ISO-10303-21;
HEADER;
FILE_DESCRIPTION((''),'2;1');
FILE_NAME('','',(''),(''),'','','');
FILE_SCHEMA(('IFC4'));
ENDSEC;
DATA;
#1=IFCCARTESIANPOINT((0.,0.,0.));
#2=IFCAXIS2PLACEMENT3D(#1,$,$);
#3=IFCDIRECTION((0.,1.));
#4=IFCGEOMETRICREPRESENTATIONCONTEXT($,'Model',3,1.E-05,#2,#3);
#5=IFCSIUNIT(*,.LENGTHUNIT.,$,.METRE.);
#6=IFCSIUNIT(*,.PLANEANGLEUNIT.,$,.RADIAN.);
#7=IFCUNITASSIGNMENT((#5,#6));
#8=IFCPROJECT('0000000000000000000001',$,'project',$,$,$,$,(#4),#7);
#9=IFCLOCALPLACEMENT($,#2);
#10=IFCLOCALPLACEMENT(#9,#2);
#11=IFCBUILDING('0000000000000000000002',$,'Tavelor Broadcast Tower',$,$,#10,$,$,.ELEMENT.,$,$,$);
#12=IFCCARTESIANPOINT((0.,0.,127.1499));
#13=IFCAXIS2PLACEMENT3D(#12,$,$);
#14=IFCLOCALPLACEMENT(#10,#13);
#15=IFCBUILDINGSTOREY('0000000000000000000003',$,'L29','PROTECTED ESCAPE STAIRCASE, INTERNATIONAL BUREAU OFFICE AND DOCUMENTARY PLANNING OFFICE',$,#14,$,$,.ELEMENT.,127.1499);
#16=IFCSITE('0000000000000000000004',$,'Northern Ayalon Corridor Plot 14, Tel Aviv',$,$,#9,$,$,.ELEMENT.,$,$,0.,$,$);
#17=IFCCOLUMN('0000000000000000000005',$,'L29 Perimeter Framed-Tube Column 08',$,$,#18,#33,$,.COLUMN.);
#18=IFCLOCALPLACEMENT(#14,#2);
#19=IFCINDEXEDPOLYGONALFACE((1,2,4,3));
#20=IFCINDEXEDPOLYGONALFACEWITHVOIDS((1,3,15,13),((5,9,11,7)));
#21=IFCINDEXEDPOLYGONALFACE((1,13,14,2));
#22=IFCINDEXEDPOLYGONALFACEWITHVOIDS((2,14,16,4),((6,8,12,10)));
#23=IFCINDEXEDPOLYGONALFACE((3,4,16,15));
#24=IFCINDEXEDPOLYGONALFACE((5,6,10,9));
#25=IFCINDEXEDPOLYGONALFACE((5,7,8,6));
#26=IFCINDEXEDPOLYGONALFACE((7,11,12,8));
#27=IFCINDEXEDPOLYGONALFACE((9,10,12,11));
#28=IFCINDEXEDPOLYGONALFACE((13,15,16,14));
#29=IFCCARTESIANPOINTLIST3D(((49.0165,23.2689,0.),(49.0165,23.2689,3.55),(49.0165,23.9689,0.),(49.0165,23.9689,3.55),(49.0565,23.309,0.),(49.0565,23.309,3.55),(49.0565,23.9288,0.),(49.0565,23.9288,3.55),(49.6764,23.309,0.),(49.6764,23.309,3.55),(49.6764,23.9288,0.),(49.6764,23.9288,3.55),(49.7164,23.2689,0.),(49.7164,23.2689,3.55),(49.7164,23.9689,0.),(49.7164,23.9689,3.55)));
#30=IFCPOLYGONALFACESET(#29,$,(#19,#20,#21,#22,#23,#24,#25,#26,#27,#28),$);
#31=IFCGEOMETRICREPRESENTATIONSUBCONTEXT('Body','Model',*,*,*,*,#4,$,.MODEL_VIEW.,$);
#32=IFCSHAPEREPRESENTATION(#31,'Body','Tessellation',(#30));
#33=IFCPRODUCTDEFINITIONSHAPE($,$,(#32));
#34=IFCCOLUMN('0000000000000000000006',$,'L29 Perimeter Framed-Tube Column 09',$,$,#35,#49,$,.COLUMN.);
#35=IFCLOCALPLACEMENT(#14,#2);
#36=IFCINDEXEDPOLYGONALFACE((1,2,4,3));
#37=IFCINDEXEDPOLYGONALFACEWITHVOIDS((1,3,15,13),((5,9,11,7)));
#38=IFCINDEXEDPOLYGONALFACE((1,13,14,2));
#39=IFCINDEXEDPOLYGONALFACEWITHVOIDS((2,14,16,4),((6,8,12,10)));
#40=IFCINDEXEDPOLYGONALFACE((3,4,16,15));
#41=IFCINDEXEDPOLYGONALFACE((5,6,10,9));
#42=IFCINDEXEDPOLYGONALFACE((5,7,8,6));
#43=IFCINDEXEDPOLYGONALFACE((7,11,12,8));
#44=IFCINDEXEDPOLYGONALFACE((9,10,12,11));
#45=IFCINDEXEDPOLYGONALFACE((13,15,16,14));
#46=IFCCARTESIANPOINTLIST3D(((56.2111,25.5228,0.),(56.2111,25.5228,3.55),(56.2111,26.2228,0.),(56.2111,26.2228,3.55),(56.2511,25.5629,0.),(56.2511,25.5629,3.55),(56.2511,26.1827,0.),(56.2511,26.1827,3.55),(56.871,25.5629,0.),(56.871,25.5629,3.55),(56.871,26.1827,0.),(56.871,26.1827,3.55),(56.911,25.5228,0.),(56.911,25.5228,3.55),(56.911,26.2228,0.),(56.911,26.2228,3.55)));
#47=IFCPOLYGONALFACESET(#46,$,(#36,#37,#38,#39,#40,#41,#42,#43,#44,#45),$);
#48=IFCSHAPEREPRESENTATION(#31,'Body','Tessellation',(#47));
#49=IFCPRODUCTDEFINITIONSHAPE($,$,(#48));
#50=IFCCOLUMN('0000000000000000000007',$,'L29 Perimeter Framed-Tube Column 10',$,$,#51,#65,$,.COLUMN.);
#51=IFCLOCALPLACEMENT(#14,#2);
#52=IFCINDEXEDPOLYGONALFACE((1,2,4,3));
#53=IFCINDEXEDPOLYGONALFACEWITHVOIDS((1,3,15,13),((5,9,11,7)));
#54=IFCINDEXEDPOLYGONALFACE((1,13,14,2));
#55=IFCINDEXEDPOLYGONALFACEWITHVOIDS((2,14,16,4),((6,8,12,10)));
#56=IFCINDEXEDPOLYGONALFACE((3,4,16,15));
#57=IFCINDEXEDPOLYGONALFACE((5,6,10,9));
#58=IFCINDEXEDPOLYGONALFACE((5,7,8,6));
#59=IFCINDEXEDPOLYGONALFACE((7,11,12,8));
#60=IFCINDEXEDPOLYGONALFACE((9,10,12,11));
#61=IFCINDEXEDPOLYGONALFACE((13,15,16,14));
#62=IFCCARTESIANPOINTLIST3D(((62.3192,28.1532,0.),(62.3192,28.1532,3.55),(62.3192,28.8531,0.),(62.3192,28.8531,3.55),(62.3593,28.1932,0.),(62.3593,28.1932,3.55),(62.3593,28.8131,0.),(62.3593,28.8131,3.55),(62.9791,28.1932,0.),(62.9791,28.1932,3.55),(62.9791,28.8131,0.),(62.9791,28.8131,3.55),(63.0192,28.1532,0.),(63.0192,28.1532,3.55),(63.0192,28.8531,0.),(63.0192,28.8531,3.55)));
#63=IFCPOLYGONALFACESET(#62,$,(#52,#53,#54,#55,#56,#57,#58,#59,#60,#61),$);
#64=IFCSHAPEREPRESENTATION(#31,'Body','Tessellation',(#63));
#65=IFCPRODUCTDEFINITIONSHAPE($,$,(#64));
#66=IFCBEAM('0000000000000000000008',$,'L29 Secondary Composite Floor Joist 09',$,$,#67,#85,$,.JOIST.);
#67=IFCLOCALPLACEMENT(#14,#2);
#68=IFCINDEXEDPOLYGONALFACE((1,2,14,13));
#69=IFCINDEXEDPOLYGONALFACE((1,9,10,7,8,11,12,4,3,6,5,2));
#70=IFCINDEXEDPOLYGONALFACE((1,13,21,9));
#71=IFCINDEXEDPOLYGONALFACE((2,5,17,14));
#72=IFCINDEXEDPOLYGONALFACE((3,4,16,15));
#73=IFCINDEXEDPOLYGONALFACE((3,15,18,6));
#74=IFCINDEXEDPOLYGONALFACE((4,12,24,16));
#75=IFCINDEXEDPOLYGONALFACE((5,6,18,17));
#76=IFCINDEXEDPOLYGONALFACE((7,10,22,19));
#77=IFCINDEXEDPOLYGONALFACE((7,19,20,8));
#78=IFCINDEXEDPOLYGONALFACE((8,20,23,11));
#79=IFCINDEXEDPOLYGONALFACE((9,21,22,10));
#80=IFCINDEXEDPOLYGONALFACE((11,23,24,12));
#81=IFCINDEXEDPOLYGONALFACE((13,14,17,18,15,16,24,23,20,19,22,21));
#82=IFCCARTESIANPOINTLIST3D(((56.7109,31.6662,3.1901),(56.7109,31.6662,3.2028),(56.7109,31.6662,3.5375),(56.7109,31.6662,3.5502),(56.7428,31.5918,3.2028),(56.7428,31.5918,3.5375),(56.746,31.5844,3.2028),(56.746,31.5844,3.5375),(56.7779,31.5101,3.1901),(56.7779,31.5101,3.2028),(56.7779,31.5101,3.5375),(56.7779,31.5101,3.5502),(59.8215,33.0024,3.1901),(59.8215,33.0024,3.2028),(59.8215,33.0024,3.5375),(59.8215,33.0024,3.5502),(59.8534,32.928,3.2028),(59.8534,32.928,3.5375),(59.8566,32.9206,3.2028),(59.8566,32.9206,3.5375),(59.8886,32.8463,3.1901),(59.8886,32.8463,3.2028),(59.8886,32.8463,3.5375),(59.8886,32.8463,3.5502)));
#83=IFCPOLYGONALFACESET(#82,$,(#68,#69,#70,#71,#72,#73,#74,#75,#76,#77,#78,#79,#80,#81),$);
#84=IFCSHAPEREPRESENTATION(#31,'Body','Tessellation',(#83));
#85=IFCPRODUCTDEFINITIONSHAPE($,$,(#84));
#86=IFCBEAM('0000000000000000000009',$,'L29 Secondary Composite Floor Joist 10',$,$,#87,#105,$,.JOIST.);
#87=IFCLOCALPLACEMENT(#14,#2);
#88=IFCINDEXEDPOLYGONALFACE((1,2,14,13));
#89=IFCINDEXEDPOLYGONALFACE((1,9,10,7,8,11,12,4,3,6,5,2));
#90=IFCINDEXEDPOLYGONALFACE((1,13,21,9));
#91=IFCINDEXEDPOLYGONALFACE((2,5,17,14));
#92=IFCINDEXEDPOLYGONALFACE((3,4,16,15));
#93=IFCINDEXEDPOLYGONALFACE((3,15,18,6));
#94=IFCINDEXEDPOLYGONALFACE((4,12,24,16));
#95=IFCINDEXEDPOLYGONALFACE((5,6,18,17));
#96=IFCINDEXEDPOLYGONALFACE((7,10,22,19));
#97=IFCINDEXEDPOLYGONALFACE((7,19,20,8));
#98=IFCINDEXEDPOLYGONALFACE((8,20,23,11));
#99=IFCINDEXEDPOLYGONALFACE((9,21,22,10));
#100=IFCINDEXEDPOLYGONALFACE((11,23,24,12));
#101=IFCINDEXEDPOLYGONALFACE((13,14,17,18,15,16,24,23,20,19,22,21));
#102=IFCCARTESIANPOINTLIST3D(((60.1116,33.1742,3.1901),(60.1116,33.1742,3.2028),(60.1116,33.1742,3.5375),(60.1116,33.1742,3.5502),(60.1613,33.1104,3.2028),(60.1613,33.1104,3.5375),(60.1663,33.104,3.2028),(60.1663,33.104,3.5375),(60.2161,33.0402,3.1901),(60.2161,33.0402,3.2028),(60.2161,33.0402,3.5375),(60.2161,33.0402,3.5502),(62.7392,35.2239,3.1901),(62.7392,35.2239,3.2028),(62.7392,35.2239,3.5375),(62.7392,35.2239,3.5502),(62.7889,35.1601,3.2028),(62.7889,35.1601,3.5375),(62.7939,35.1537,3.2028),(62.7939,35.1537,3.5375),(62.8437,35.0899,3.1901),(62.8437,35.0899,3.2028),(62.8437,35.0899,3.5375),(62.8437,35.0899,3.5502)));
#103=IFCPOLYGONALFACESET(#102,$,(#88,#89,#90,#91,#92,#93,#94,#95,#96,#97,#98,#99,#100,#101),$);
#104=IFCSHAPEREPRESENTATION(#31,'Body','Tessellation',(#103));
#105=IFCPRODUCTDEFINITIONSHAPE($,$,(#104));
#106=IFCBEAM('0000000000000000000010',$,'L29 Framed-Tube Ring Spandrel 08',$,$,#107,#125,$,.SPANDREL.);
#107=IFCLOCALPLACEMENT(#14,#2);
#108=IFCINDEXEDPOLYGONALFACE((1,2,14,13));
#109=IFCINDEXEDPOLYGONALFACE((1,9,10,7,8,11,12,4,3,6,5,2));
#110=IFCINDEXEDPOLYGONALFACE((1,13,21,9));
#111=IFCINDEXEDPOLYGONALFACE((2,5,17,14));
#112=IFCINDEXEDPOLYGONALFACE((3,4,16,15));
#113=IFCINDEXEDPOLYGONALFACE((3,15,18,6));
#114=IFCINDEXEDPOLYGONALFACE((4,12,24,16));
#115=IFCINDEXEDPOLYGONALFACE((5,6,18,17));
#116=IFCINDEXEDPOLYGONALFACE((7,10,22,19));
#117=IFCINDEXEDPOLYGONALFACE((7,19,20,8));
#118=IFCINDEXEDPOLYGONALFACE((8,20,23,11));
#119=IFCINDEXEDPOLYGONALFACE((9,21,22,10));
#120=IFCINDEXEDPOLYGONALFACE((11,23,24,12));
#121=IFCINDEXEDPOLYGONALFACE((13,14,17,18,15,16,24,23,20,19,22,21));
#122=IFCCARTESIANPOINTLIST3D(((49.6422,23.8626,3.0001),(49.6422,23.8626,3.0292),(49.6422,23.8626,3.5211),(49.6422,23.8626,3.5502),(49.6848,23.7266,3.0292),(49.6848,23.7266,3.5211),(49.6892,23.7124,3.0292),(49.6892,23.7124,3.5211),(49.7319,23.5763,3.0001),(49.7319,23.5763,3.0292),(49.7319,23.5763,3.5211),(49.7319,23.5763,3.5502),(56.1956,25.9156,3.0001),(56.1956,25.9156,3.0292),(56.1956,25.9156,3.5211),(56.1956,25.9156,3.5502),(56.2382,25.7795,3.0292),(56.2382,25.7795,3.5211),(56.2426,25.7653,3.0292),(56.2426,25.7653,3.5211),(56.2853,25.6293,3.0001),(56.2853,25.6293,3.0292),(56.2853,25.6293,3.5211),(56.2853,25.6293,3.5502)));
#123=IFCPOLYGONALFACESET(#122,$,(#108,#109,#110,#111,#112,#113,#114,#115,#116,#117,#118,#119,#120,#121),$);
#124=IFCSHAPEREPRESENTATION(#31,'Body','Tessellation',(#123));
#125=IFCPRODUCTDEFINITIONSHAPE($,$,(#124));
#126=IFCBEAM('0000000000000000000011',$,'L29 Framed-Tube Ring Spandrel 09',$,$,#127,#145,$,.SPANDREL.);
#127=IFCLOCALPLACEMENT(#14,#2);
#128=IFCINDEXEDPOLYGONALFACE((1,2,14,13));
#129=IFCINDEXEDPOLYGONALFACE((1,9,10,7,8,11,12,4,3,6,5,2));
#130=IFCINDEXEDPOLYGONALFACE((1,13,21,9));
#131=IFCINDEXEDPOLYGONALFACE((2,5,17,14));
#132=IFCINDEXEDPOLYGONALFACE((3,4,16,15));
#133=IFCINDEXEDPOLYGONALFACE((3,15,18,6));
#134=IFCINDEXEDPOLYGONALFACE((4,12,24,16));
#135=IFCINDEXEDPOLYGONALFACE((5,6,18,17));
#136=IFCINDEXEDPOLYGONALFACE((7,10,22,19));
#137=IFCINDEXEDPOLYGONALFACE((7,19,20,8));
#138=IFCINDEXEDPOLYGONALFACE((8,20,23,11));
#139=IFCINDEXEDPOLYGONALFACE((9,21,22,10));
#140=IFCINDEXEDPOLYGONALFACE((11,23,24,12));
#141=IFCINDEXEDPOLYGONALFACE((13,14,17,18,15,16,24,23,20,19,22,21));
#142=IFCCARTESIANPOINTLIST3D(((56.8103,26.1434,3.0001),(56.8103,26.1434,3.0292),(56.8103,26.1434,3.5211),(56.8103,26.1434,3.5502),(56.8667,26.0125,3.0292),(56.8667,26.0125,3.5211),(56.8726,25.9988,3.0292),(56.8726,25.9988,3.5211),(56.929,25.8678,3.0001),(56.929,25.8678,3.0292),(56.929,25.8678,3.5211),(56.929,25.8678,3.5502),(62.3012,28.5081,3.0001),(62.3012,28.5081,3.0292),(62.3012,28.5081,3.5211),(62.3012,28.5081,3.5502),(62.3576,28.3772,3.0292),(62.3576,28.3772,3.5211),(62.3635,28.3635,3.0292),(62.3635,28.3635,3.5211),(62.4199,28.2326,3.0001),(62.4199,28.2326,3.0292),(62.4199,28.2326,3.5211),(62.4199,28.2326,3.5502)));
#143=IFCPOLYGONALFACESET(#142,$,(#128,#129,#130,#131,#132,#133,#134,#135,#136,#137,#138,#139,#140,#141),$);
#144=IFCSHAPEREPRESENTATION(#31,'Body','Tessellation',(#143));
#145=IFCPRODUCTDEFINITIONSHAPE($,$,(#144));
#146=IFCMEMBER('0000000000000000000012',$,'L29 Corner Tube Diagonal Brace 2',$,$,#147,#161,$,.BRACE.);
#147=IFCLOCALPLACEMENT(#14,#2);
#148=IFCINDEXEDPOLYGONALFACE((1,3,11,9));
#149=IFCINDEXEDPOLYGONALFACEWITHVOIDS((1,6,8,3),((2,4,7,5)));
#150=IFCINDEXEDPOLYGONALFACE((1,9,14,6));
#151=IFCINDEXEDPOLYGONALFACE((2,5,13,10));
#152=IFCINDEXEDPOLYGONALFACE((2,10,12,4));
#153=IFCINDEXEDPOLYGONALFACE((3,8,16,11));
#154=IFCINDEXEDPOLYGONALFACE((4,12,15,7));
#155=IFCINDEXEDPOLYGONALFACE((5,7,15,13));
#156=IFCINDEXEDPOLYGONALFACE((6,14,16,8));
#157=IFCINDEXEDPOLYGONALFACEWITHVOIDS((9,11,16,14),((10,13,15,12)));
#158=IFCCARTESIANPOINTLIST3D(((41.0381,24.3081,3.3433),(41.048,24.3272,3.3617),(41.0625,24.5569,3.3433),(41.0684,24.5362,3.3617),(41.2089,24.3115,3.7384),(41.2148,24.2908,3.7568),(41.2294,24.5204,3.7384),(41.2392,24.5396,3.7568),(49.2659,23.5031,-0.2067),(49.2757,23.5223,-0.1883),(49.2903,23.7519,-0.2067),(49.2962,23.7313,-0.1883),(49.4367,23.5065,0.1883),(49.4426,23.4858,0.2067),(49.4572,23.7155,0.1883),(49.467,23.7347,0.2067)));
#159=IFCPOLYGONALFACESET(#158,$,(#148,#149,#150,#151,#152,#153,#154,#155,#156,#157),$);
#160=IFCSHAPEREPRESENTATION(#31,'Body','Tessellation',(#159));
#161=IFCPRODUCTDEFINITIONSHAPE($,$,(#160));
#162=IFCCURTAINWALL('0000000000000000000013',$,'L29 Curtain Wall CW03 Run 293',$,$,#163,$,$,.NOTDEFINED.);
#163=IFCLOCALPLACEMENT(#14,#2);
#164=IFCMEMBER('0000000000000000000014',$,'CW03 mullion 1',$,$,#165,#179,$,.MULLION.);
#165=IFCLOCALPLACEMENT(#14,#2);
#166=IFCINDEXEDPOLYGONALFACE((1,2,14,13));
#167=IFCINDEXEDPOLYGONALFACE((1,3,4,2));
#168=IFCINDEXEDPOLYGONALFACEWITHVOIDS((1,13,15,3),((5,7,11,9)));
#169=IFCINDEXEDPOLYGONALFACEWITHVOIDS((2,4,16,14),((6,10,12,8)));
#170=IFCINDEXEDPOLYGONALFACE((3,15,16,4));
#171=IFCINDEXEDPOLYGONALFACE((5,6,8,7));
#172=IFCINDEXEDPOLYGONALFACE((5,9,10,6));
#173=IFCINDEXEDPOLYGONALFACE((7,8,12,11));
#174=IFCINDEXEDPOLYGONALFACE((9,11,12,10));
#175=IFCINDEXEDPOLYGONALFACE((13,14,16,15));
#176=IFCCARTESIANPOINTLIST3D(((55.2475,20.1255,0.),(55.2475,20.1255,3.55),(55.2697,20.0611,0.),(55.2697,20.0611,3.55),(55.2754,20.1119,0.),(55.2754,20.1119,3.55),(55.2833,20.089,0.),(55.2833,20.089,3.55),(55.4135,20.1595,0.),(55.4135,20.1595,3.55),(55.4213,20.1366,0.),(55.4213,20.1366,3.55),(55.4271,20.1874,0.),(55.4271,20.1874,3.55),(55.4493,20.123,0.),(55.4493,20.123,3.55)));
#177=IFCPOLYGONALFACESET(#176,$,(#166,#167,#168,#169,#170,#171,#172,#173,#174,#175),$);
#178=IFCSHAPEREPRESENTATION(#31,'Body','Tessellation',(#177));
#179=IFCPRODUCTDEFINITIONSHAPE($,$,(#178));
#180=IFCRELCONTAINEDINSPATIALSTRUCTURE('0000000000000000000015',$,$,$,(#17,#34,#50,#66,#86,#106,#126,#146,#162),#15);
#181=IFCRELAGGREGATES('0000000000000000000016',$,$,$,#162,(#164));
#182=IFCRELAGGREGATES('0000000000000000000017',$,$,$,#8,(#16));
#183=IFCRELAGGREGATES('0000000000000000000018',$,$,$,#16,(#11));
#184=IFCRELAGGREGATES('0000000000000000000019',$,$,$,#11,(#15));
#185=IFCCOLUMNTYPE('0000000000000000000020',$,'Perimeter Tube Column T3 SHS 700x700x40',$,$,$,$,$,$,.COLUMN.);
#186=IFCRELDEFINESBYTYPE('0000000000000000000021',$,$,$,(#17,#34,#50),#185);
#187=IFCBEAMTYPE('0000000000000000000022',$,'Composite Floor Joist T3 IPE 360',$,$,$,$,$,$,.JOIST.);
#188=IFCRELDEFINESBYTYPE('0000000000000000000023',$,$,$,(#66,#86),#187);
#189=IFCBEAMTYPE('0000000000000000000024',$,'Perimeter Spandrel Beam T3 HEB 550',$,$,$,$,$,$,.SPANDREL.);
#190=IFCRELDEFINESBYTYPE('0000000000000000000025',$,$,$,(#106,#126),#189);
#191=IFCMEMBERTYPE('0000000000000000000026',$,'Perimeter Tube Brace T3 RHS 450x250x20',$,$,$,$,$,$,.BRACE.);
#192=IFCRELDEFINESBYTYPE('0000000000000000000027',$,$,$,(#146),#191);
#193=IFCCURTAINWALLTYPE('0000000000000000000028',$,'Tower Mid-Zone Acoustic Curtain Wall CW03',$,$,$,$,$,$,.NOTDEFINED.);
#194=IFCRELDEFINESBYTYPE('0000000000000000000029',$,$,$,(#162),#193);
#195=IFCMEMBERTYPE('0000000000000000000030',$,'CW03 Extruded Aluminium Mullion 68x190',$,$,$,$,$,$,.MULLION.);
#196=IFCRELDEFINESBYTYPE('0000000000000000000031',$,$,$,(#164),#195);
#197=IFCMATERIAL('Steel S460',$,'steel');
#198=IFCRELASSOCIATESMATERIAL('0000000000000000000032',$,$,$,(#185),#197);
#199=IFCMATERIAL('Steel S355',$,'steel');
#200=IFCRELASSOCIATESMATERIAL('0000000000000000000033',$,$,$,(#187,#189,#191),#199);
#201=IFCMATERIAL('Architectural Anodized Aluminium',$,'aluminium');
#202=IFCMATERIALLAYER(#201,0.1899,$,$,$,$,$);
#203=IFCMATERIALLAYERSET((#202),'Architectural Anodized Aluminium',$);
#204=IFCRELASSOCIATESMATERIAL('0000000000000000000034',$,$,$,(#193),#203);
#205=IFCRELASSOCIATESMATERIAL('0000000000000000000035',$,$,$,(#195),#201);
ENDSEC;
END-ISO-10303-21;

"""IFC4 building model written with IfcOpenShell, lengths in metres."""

from ifc_helpers import new_model, si_unit, direction, frame, origin, origin_2d, place, context, subcontext, project, spatial, hollow_rectangle, i_section, extrude, source, transform, mapped, material, layer, layer_set, material_profile, profile_set, type_object, type_shapes, element, aggregate, save


model = new_model("IFC4")

# Units and contexts
model_context = context("Model", 3, precision=1e-05, world=origin(), true_north=direction((0.0, 1.0)))
body_context = subcontext(model_context, "Body", "Model", "MODEL_VIEW")
ifc_project = project(units=[si_unit("LENGTHUNIT", "METRE"), si_unit("PLANEANGLEUNIT", "RADIAN")], contexts=[model_context])

# Site, building, storey
site_placement = place(None, origin())
site = spatial("IfcSite", under=ifc_project, at=site_placement, Name="Northern Ayalon Corridor Plot 14, Tel Aviv", CompositionType="ELEMENT", RefElevation=0.0)
building_placement = place(site_placement, origin())
building = spatial("IfcBuilding", under=site, at=building_placement, Name="Tavelor Broadcast Tower", CompositionType="ELEMENT")
storey_placement = place(building_placement, frame((0.0, 0.0, 127.1499)))
storey = spatial("IfcBuildingStorey", under=building, at=storey_placement, Name="L29", Description="PROTECTED ESCAPE STAIRCASE, INTERNATIONAL BUREAU OFFICE AND DOCUMENTARY PLANNING OFFICE", CompositionType="ELEMENT", Elevation=127.1499)

# Columns
ifc_material_1 = material(Name="Steel S460", Category="steel")
ifc_material_profile_1 = material_profile(ifc_material_1, hollow_rectangle(XDim=0.7, YDim=0.7, WallThickness=0.04, at=origin_2d()), Name="SHS 700x700x40")
ifc_profile_set_1 = profile_set([ifc_material_profile_1], Name="Steel S460")
column_type = type_object("IfcColumnType", Name="Perimeter Tube Column T3 SHS 700x700x40", PredefinedType="COLUMN", material=ifc_profile_set_1)
for number, where, z_axis, x_axis, name in (
    (1, (49.3665, 23.6189, 0.0), (0.0, 0.0, 1.0), (1.0, 0.0, 0.0), "L29 Perimeter Framed-Tube Column 08"),
    (2, (56.561, 25.8728, 0.0), (0.0, 0.0, 1.0), (1.0, 0.0, 0.0), "L29 Perimeter Framed-Tube Column 09"),
    (3, (62.6692, 28.5032, 0.0), (0.0, 0.0, 1.0), (1.0, 0.0, 0.0), "L29 Perimeter Framed-Tube Column 10"),
):
    element("IfcColumn", number, at=place(storey_placement, frame(where, z_axis=z_axis, x_axis=x_axis)), inside=storey, type_object=column_type, Name=name, PredefinedType="COLUMN", context=body_context, shape_type="SweptSolid", body=[
        extrude(hollow_rectangle(XDim=0.7, YDim=0.7, WallThickness=0.04, at=origin_2d()), origin(), (0.0, 0.0, 1.0), 3.55),
    ])

# Beams
ifc_material_2 = material(Name="Steel S355", Category="steel")
ifc_material_profile_2 = material_profile(ifc_material_2, i_section(OverallWidth=0.1699, OverallDepth=0.3601, WebThickness=0.0081, FlangeThickness=0.0127, at=origin_2d()), Name="IPE 360")
ifc_profile_set_2 = profile_set([ifc_material_profile_2], Name="Steel S355")
beam_type_1 = type_object("IfcBeamType", Name="Composite Floor Joist T3 IPE 360", PredefinedType="JOIST", material=ifc_profile_set_2)
beam_1_placement = place(storey_placement, frame((56.7444, 31.5881, 3.3701), z_axis=(0.918816, 0.394685, 0.0), x_axis=(-0.394685, 0.918816, 0.0)))
element("IfcBeam", 4, at=beam_1_placement, inside=storey, type_object=beam_type_1, Name="L29 Secondary Composite Floor Joist 09", PredefinedType="JOIST", context=body_context, shape_type="SweptSolid", body=[
    extrude(i_section(OverallWidth=0.1699, OverallDepth=0.3601, WebThickness=0.0081, FlangeThickness=0.0127, at=origin_2d()), origin(), (0.0, 0.0, 1.0), 3.3855),
])
beam_2_placement = place(storey_placement, frame((60.1638, 33.1072, 3.3701), z_axis=(0.788472, 0.615071, 0.0), x_axis=(-0.615071, 0.788472, 0.0)))
element("IfcBeam", 5, at=beam_2_placement, inside=storey, type_object=beam_type_1, Name="L29 Secondary Composite Floor Joist 10", PredefinedType="JOIST", context=body_context, shape_type="SweptSolid", body=[
    extrude(i_section(OverallWidth=0.1699, OverallDepth=0.3601, WebThickness=0.0081, FlangeThickness=0.0127, at=origin_2d()), origin(), (0.0, 0.0, 1.0), 3.3325),
])
ifc_material_profile_3 = material_profile(ifc_material_2, i_section(OverallWidth=0.3, OverallDepth=0.55, WebThickness=0.0149, FlangeThickness=0.0291, at=origin_2d()), Name="HEB 550")
ifc_profile_set_3 = profile_set([ifc_material_profile_3], Name="Steel S355")
beam_type_2 = type_object("IfcBeamType", Name="Perimeter Spandrel Beam T3 HEB 550", PredefinedType="SPANDREL", material=ifc_profile_set_3)
beam_3_placement = place(storey_placement, frame((49.687, 23.7195, 3.2751), z_axis=(0.954272, 0.298941, 0.0), x_axis=(-0.298941, 0.954272, 0.0)))
element("IfcBeam", 6, at=beam_3_placement, inside=storey, type_object=beam_type_2, Name="L29 Framed-Tube Ring Spandrel 08", PredefinedType="SPANDREL", context=body_context, shape_type="SweptSolid", body=[
    extrude(i_section(OverallWidth=0.3, OverallDepth=0.55, WebThickness=0.0149, FlangeThickness=0.0291, at=origin_2d()), origin(), (0.0, 0.0, 1.0), 6.8674),
])
beam_4_placement = place(storey_placement, frame((56.8696, 26.0056, 3.2751), z_axis=(0.918449, 0.39554, 0.0), x_axis=(-0.39554, 0.918449, 0.0)))
element("IfcBeam", 7, at=beam_4_placement, inside=storey, type_object=beam_type_2, Name="L29 Framed-Tube Ring Spandrel 09", PredefinedType="SPANDREL", context=body_context, shape_type="SweptSolid", body=[
    extrude(i_section(OverallWidth=0.3, OverallDepth=0.55, WebThickness=0.0149, FlangeThickness=0.0291, at=origin_2d()), origin(), (0.0, 0.0, 1.0), 5.9785),
])

# Member
ifc_material_profile_4 = material_profile(ifc_material_2, hollow_rectangle(XDim=0.25, YDim=0.45, WallThickness=0.02, at=origin_2d()), Name="RHS 450x250x20")
ifc_profile_set_4 = profile_set([ifc_material_profile_4], Name="Steel S355")
member_type_1 = type_object("IfcMemberType", Name="Perimeter Tube Brace T3 RHS 450x250x20", PredefinedType="BRACE", material=ifc_profile_set_4)
member_1_placement = place(storey_placement, frame((49.3665, 23.6189, 0.0), z_axis=(-0.914496, 0.089466, 0.394579), x_axis=(-0.097366, -0.995249, 0.0)))
element("IfcMember", 8, at=member_1_placement, inside=storey, type_object=member_type_1, Name="L29 Corner Tube Diagonal Brace 2", PredefinedType="BRACE", context=body_context, shape_type="SweptSolid", body=[
    extrude(hollow_rectangle(XDim=0.25, YDim=0.45, WallThickness=0.02, at=origin_2d()), origin(), (0.0, 0.0, 1.0), 8.9971),
])

# Curtain wall, member
ifc_material_3 = material(Name="Architectural Anodized Aluminium", Category="aluminium")
ifc_layer_1 = layer(ifc_material_3, 0.1899)
ifc_layer_set_1 = layer_set([ifc_layer_1], Name="Architectural Anodized Aluminium")
curtain_wall_type = type_object("IfcCurtainWallType", Name="Tower Mid-Zone Acoustic Curtain Wall CW03", PredefinedType="NOTDEFINED", material=ifc_layer_set_1)
curtain_wall_placement = place(storey_placement, origin())
curtain_wall = element("IfcCurtainWall", 9, at=curtain_wall_placement, inside=storey, type_object=curtain_wall_type, Name="L29 Curtain Wall CW03 Run 293", PredefinedType="NOTDEFINED")
ifc_material_profile_5 = material_profile(ifc_material_3, hollow_rectangle(XDim=0.0681, YDim=0.1899, WallThickness=0.022, at=origin_2d()), Name="RHS 68x190x22")
ifc_profile_set_5 = profile_set([ifc_material_profile_5], Name="Architectural Anodized Aluminium")
member_type_2 = type_object("IfcMemberType", Name="CW03 Extruded Aluminium Mullion 68x190", PredefinedType="MULLION", material=ifc_profile_set_5)
shared_shape_1 = source(origin(), body_context, "Body", "SweptSolid", [
    extrude(hollow_rectangle(XDim=0.0681, YDim=0.1899, WallThickness=0.022, at=origin_2d()), origin(), (0.0, 0.0, 1.0), 3.55),
])
type_shapes(member_type_2, [shared_shape_1])
member_2_placement = place(storey_placement, frame((55.3484, 20.1243, 0.0), z_axis=(0.0, 0.0, 1.0), x_axis=(-0.325984, 0.945375, 0.0)))
member_2 = element("IfcMember", 10, at=member_2_placement, type_object=member_type_2, Name="CW03 mullion 1", PredefinedType="MULLION", context=body_context, shape_type="MappedRepresentation", body=[
    mapped(shared_shape_1, transform((0.0, 0.0, 0.0), scale=1.0)),
])

aggregate(curtain_wall, [member_2])

save(model, "model.ifc")
